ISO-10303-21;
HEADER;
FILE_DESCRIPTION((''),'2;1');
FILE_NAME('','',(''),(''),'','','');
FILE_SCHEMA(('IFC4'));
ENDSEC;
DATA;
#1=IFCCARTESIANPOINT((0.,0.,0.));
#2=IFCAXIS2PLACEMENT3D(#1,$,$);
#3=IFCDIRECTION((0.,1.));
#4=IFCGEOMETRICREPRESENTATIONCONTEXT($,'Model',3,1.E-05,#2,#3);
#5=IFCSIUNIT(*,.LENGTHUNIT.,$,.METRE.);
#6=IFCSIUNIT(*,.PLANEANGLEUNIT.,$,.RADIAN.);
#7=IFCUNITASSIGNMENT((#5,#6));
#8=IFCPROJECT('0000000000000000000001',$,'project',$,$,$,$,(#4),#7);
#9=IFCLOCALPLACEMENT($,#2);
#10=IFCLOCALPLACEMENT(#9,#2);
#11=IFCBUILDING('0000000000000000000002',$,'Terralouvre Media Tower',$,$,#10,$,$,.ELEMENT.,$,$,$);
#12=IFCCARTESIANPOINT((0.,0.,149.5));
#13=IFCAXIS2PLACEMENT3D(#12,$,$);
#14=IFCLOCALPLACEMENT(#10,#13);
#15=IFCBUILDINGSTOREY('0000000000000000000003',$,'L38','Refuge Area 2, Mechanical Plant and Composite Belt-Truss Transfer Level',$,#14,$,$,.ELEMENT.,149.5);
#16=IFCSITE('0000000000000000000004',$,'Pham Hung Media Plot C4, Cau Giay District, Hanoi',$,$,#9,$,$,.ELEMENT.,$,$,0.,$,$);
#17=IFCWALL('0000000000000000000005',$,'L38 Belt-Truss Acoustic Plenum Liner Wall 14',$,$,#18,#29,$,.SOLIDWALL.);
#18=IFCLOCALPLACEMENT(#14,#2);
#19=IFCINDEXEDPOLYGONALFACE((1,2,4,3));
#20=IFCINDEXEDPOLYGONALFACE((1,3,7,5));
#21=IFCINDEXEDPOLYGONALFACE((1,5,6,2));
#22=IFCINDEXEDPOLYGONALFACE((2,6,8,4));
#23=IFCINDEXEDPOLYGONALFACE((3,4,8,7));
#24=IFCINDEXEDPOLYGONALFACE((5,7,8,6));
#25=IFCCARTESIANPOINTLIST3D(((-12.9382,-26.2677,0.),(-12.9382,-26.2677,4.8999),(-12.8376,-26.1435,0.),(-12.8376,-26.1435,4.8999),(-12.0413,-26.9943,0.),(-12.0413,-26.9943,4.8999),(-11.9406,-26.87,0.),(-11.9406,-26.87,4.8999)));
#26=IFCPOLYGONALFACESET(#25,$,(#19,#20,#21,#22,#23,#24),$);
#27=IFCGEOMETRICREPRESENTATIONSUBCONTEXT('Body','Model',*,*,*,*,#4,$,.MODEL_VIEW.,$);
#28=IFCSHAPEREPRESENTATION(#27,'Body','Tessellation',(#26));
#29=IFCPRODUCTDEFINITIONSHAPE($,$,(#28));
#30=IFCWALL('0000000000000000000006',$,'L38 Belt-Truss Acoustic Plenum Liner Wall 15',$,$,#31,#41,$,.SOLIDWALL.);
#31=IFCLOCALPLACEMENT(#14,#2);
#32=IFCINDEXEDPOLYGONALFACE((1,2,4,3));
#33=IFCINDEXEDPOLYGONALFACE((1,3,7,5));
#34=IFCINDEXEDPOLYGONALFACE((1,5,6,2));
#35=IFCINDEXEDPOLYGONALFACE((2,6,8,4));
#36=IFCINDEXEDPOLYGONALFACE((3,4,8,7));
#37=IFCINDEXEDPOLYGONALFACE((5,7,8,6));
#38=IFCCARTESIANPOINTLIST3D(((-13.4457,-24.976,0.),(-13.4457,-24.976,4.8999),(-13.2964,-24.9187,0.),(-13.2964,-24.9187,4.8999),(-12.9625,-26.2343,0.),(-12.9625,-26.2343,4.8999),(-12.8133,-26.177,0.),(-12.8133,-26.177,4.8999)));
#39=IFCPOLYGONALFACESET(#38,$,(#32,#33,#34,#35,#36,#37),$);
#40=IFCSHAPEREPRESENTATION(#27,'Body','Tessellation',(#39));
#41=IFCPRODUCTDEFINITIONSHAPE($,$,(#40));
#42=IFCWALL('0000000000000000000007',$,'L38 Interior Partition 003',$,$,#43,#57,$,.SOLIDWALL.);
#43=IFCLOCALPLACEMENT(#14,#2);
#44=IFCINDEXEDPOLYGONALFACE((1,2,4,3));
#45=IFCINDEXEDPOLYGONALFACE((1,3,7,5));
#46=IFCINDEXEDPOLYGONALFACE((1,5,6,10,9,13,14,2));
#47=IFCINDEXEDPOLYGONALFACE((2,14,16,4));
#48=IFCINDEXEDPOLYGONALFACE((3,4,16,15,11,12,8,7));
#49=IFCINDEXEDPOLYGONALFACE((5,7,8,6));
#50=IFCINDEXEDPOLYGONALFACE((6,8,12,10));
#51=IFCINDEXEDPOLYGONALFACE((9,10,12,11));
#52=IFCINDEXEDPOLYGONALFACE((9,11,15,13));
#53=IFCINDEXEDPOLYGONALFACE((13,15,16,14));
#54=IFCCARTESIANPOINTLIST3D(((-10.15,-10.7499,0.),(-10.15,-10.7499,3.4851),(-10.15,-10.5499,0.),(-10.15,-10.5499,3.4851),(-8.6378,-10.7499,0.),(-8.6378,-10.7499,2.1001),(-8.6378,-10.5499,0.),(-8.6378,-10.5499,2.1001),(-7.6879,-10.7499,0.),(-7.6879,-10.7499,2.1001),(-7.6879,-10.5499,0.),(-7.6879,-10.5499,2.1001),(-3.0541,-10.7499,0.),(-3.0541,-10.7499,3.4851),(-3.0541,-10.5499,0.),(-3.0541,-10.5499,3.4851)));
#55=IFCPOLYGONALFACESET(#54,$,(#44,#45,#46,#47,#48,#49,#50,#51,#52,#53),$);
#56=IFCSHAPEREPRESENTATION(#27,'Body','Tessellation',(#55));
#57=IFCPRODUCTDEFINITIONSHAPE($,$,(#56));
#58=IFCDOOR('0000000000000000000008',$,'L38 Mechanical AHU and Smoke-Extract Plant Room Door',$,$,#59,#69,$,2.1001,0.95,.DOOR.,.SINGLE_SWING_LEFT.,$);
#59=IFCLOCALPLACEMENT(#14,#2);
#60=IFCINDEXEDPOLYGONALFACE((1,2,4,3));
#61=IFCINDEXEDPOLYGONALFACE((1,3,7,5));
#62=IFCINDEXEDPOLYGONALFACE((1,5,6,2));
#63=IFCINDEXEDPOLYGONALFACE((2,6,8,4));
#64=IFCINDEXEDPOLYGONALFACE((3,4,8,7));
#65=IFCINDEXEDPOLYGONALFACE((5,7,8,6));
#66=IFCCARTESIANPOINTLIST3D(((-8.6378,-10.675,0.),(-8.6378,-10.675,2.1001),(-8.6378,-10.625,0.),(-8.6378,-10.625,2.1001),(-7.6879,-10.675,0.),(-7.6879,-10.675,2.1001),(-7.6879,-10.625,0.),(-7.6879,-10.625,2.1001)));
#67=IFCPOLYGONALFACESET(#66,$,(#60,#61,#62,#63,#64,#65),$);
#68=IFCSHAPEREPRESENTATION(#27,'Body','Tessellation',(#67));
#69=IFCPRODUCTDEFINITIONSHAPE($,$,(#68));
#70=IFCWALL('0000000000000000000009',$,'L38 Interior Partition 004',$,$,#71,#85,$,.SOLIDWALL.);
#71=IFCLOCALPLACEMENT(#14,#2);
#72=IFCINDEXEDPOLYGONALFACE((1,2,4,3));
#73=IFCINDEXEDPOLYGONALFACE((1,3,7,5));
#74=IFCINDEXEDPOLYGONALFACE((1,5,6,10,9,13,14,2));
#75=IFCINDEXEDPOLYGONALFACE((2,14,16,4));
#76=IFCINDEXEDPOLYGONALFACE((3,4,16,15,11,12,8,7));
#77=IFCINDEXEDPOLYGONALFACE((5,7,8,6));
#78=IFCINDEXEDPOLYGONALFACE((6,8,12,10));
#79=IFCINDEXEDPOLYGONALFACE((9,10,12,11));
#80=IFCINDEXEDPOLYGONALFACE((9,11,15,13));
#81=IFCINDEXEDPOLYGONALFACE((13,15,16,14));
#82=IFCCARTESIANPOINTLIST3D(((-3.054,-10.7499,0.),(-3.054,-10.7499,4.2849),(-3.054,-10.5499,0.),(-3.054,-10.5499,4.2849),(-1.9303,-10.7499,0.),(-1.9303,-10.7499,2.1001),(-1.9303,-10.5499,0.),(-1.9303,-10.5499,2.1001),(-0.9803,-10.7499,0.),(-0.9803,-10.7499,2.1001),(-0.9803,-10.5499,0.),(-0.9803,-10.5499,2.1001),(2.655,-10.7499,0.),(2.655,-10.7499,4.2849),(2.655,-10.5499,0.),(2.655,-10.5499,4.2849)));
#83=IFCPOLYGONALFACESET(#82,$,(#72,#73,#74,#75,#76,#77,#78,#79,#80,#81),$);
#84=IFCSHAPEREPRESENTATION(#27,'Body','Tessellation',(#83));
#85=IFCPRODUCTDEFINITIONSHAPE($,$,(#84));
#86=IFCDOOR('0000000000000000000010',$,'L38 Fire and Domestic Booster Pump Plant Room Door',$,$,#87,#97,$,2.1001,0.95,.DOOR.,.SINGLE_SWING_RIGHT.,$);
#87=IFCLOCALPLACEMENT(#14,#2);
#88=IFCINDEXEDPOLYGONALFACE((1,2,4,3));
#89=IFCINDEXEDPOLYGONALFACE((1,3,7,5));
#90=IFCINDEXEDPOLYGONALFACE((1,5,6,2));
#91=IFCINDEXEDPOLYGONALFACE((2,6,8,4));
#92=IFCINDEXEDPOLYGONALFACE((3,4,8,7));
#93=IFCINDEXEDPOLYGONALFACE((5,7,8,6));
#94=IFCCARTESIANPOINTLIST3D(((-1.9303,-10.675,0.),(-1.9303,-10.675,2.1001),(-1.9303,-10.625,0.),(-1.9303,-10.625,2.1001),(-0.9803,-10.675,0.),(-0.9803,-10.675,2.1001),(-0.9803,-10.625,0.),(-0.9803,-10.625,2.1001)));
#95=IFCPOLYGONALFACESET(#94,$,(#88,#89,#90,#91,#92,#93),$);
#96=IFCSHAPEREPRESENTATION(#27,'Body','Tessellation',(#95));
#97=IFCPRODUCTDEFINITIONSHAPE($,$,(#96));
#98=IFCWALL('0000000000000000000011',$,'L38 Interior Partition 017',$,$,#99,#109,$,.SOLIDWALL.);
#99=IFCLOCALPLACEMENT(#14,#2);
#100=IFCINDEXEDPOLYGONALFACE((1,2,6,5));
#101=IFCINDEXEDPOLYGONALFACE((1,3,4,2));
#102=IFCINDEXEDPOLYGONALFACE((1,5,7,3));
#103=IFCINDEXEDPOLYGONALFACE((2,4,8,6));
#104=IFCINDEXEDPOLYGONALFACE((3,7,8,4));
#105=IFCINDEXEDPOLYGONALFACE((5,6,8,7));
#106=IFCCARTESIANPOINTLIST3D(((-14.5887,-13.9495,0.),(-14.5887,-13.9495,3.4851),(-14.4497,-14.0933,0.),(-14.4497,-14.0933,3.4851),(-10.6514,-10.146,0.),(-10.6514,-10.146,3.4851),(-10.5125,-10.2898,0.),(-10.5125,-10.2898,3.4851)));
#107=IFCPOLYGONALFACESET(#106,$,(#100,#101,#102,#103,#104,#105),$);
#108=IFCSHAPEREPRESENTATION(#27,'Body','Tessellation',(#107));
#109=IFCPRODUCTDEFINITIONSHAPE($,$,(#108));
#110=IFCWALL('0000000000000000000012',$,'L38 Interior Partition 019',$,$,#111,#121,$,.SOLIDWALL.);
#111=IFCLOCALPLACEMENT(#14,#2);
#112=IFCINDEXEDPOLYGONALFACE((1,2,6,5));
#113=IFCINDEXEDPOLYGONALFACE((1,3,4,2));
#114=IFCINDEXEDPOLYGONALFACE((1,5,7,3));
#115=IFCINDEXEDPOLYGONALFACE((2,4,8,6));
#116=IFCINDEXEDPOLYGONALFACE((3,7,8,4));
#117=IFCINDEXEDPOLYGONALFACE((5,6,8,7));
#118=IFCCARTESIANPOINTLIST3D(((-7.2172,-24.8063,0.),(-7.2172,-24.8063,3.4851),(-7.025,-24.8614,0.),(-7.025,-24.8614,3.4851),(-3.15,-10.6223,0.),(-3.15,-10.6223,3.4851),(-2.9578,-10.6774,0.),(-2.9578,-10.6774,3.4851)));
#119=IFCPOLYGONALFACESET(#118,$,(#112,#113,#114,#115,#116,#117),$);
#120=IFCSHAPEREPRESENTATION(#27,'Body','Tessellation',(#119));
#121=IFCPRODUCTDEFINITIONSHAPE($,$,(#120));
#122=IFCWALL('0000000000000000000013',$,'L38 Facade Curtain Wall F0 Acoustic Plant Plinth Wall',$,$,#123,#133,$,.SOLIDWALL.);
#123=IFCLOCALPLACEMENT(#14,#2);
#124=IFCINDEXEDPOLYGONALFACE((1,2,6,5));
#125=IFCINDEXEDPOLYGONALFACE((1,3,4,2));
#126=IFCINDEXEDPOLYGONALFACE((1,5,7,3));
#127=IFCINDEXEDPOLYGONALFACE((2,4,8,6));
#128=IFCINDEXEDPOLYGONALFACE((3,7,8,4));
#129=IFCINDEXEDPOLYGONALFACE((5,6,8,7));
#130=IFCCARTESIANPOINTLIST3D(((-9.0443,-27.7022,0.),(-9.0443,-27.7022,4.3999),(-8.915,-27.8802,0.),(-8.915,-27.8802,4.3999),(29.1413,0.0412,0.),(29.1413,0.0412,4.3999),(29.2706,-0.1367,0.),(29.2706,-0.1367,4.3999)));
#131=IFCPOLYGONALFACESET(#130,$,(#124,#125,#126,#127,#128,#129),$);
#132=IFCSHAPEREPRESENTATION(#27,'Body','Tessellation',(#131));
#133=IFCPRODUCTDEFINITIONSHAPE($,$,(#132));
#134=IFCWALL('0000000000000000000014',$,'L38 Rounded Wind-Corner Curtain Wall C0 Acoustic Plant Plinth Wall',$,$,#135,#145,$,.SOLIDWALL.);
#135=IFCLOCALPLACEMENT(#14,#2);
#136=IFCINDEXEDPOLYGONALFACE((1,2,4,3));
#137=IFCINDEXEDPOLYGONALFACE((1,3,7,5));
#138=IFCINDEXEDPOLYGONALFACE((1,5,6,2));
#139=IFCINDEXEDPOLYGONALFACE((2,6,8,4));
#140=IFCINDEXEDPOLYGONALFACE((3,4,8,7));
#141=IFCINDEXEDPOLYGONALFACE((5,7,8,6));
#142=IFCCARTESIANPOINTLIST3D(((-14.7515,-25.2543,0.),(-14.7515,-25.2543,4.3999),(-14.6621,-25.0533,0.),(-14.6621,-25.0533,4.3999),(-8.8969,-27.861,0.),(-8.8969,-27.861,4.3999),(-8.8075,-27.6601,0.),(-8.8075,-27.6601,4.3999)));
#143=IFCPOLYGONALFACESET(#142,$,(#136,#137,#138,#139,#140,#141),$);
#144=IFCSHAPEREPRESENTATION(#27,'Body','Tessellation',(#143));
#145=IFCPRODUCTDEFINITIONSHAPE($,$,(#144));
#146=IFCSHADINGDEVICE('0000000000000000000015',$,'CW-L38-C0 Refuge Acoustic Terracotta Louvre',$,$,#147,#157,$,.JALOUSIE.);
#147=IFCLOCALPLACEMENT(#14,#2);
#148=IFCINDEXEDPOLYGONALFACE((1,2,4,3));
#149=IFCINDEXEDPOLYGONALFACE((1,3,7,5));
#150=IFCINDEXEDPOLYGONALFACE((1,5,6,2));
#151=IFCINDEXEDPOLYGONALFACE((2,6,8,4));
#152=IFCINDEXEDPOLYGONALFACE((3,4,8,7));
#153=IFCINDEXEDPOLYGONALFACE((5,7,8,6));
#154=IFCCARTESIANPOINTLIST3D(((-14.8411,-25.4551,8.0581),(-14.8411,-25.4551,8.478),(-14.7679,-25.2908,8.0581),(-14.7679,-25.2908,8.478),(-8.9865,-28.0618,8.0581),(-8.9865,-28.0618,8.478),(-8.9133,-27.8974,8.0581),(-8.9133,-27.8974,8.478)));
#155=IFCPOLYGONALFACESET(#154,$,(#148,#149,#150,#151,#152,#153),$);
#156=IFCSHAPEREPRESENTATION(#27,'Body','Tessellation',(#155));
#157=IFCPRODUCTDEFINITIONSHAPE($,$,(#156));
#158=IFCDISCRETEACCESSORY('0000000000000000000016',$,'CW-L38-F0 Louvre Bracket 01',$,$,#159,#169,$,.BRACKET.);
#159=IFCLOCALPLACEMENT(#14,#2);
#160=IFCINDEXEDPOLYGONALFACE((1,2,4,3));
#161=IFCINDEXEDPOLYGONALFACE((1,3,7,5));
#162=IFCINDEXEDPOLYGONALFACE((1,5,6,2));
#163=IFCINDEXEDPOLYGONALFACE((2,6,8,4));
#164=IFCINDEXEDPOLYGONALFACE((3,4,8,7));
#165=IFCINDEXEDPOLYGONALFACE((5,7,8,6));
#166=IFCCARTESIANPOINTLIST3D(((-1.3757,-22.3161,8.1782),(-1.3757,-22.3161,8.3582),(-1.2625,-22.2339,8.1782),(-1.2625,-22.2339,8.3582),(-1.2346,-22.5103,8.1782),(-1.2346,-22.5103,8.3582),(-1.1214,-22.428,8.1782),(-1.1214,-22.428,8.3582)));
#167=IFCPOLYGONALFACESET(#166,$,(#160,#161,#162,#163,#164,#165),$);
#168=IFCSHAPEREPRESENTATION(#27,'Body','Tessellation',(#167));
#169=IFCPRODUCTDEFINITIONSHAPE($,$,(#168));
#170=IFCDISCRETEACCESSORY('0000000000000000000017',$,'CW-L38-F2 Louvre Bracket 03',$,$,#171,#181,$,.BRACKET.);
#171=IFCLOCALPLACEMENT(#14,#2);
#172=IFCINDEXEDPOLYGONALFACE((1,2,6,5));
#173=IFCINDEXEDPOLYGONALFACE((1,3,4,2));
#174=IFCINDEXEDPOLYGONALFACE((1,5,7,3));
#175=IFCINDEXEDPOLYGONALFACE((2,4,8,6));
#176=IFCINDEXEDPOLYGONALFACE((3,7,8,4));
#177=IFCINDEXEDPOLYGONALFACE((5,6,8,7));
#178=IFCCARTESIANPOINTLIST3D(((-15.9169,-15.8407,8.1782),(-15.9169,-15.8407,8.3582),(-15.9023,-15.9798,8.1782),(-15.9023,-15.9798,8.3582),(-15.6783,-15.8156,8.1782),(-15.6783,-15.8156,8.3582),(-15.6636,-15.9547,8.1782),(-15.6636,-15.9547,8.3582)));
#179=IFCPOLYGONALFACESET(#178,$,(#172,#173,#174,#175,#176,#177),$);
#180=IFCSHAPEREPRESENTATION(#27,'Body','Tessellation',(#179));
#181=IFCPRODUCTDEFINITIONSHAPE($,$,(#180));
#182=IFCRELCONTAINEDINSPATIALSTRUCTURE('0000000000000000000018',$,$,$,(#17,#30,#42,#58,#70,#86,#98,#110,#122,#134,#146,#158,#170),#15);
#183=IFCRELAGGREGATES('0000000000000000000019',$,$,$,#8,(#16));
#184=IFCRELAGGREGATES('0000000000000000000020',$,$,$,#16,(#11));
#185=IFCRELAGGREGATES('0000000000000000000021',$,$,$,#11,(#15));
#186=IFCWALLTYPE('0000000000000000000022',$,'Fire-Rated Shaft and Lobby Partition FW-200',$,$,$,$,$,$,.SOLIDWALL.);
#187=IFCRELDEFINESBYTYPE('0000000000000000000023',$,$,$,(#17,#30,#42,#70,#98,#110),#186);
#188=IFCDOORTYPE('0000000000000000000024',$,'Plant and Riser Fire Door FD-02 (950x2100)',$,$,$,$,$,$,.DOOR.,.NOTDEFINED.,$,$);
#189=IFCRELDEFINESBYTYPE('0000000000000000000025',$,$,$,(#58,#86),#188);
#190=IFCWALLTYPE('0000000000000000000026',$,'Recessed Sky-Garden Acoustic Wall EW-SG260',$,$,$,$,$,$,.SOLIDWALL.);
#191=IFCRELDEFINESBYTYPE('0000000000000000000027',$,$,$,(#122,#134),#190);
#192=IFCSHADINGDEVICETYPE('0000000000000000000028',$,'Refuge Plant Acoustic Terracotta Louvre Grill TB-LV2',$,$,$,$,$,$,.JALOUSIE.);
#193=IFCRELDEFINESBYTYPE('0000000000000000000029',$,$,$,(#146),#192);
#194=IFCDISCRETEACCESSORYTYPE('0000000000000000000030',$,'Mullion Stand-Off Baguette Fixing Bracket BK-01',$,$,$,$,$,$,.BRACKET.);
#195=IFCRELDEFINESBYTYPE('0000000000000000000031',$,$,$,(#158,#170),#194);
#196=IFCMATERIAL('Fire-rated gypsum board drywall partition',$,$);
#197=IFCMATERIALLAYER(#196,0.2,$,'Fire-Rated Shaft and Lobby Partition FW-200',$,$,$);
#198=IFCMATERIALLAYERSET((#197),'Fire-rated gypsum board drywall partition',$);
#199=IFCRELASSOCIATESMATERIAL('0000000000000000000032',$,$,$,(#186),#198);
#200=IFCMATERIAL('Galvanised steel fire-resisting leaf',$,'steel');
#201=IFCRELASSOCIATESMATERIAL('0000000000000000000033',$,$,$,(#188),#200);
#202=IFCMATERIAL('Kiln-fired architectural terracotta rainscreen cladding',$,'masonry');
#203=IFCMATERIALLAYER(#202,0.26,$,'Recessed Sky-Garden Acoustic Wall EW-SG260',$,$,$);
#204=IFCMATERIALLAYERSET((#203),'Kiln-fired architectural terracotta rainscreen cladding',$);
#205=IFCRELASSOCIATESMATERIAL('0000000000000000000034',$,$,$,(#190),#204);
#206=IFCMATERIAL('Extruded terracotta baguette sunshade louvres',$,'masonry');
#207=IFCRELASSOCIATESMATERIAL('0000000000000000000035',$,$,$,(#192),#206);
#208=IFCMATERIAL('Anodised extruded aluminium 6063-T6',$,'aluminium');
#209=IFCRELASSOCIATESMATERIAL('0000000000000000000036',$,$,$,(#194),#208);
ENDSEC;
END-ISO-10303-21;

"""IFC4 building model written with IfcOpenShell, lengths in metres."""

from ifc_helpers import new_model, si_unit, direction, frame, frame_2d, origin, origin_2d, place, context, subcontext, project, spatial, rectangle, extrude, material, layer, layer_set, type_object, element, fill, save


model = new_model("IFC4")

# Units and contexts
model_context = context("Model", 3, precision=1e-05, world=origin(), true_north=direction((0.0, 1.0)))
body_context = subcontext(model_context, "Body", "Model", "MODEL_VIEW")
ifc_project = project(units=[si_unit("LENGTHUNIT", "METRE"), si_unit("PLANEANGLEUNIT", "RADIAN")], contexts=[model_context])

# Site, building, storey
site_placement = place(None, origin())
site = spatial("IfcSite", under=ifc_project, at=site_placement, Name="Pham Hung Media Plot C4, Cau Giay District, Hanoi", CompositionType="ELEMENT", RefElevation=0.0)
building_placement = place(site_placement, origin())
building = spatial("IfcBuilding", under=site, at=building_placement, Name="Terralouvre Media Tower", CompositionType="ELEMENT")
storey_placement = place(building_placement, frame((0.0, 0.0, 149.5)))
storey = spatial("IfcBuildingStorey", under=building, at=storey_placement, Name="L38", Description="Refuge Area 2, Mechanical Plant and Composite Belt-Truss Transfer Level", CompositionType="ELEMENT", Elevation=149.5)

# Walls
ifc_material_1 = material(Name="Fire-rated gypsum board drywall partition")
ifc_layer_1 = layer(ifc_material_1, 0.2, Name="Fire-Rated Shaft and Lobby Partition FW-200")
ifc_layer_set_1 = layer_set([ifc_layer_1], Name="Fire-rated gypsum board drywall partition")
wall_type_1 = type_object("IfcWallType", Name="Fire-Rated Shaft and Lobby Partition FW-200", PredefinedType="SOLIDWALL", material=ifc_layer_set_1)
for number, where, z_axis, x_axis, name in (
    (1, (-11.991, -26.9321, 0.0), (0.0, 0.0, 1.0), (-0.777058, 0.629429, 0.0), "L38 Belt-Truss Acoustic Plenum Liner Wall 14"),
):
    element("IfcWall", number, at=place(storey_placement, frame(where, z_axis=z_axis, x_axis=x_axis)), inside=storey, type_object=wall_type_1, Name=name, PredefinedType="SOLIDWALL", context=body_context, shape_type="SweptSolid", body=[
        extrude(rectangle(XDim=1.1543, YDim=0.1599, at=frame_2d((0.5771, 0.0))), origin(), (0.0, 0.0, 1.0), 4.8999),
    ])
wall_1_placement = place(storey_placement, frame((-12.8879, -26.2056, 0.0), z_axis=(0.0, 0.0, 1.0), x_axis=(-0.358457, 0.933546, 0.0)))
element("IfcWall", 2, at=wall_1_placement, inside=storey, type_object=wall_type_1, Name="L38 Belt-Truss Acoustic Plenum Liner Wall 15", PredefinedType="SOLIDWALL", context=body_context, shape_type="SweptSolid", body=[
    extrude(rectangle(XDim=1.3479, YDim=0.1599, at=frame_2d((0.6738, 0.0))), origin(), (0.0, 0.0, 1.0), 4.8999),
])

# Walls, openings, doors
wall_2_placement = place(storey_placement, frame((-10.1499, -10.6499, 0.0), z_axis=(0.0, 0.0, 1.0), x_axis=(1.0, 0.0, 0.0)))
wall_2 = element("IfcWall", 3, at=wall_2_placement, inside=storey, type_object=wall_type_1, Name="L38 Interior Partition 003", PredefinedType="SOLIDWALL", context=body_context, shape_type="SweptSolid", body=[
    extrude(rectangle(XDim=7.0959, YDim=0.2, at=frame_2d((3.5479, 0.0))), origin(), (0.0, 0.0, 1.0), 3.4851),
])
opening_1_placement = place(wall_2_placement, frame((1.512, 0.0, 0.0)))
opening_1 = element("IfcOpeningElement", 4, at=opening_1_placement, cuts=wall_2, PredefinedType="OPENING", context=body_context, shape_type="SweptSolid", body=[
    extrude(rectangle(XDim=0.95, YDim=2.1001, at=frame_2d((0.4751, 1.05))), frame((0.0, 0.1099, 0.0), z_axis=(0.0, -1.0, 0.0), x_axis=(1.0, 0.0, 0.0)), (0.0, 0.0, 1.0), 0.22),
])
ifc_material_2 = material(Name="Galvanised steel fire-resisting leaf", Category="steel")
door_type = type_object("IfcDoorType", Name="Plant and Riser Fire Door FD-02 (950x2100)", OperationType="NOTDEFINED", PredefinedType="DOOR", material=ifc_material_2)
door_1_placement = place(opening_1_placement, origin())
door_1 = element("IfcDoor", 5, at=door_1_placement, inside=storey, type_object=door_type, Name="L38 Mechanical AHU and Smoke-Extract Plant Room Door", OperationType="SINGLE_SWING_LEFT", OverallHeight=2.1001, OverallWidth=0.95, PredefinedType="DOOR", context=body_context, shape_type="SweptSolid", body=[
    extrude(rectangle(XDim=0.95, YDim=2.1001, at=frame_2d((0.4751, 1.05))), frame((0.0, 0.0249, 0.0), z_axis=(0.0, -1.0, 0.0), x_axis=(1.0, 0.0, 0.0)), (0.0, 0.0, 1.0), 0.05),
])
fill(opening_1, door_1)
wall_3_placement = place(storey_placement, frame((-3.054, -10.6499, 0.0), z_axis=(0.0, 0.0, 1.0), x_axis=(1.0, 0.0, 0.0)))
wall_3 = element("IfcWall", 6, at=wall_3_placement, inside=storey, type_object=wall_type_1, Name="L38 Interior Partition 004", PredefinedType="SOLIDWALL", context=body_context, shape_type="SweptSolid", body=[
    extrude(rectangle(XDim=5.709, YDim=0.2, at=frame_2d((2.8545, 0.0))), origin(), (0.0, 0.0, 1.0), 4.2849),
])
opening_2_placement = place(wall_3_placement, frame((1.1235, 0.0, 0.0)))
opening_2 = element("IfcOpeningElement", 7, at=opening_2_placement, cuts=wall_3, PredefinedType="OPENING", context=body_context, shape_type="SweptSolid", body=[
    extrude(rectangle(XDim=0.95, YDim=2.1001, at=frame_2d((0.4751, 1.05))), frame((0.0, 0.1099, 0.0), z_axis=(0.0, -1.0, 0.0), x_axis=(1.0, 0.0, 0.0)), (0.0, 0.0, 1.0), 0.22),
])
door_2_placement = place(opening_2_placement, origin())
door_2 = element("IfcDoor", 8, at=door_2_placement, inside=storey, type_object=door_type, Name="L38 Fire and Domestic Booster Pump Plant Room Door", OperationType="SINGLE_SWING_RIGHT", OverallHeight=2.1001, OverallWidth=0.95, PredefinedType="DOOR", context=body_context, shape_type="SweptSolid", body=[
    extrude(rectangle(XDim=0.95, YDim=2.1001, at=frame_2d((0.4751, 1.05))), frame((0.0, 0.0249, 0.0), z_axis=(0.0, -1.0, 0.0), x_axis=(1.0, 0.0, 0.0)), (0.0, 0.0, 1.0), 0.05),
])
fill(opening_2, door_2)

# Walls
wall_4_placement = place(storey_placement, frame((-14.5193, -14.0215, 0.0), z_axis=(0.0, 0.0, 1.0), x_axis=(0.719221, 0.694782, 0.0)))
element("IfcWall", 9, at=wall_4_placement, inside=storey, type_object=wall_type_1, Name="L38 Interior Partition 017", PredefinedType="SOLIDWALL", context=body_context, shape_type="SweptSolid", body=[
    extrude(rectangle(XDim=5.4744, YDim=0.2, at=frame_2d((2.7373, 0.0))), origin(), (0.0, 0.0, 1.0), 3.4851),
])
wall_5_placement = place(storey_placement, frame((-7.1211, -24.834, 0.0), z_axis=(0.0, 0.0, 1.0), x_axis=(0.275632, 0.961263, 0.0)))
element("IfcWall", 10, at=wall_5_placement, inside=storey, type_object=wall_type_1, Name="L38 Interior Partition 019", PredefinedType="SOLIDWALL", context=body_context, shape_type="SweptSolid", body=[
    extrude(rectangle(XDim=14.7556, YDim=0.2, at=frame_2d((7.3779, 0.0))), origin(), (0.0, 0.0, 1.0), 3.4851),
])
ifc_material_3 = material(Name="Kiln-fired architectural terracotta rainscreen cladding", Category="masonry")
ifc_layer_2 = layer(ifc_material_3, 0.26, Name="Recessed Sky-Garden Acoustic Wall EW-SG260")
ifc_layer_set_2 = layer_set([ifc_layer_2], Name="Kiln-fired architectural terracotta rainscreen cladding")
wall_type_2 = type_object("IfcWallType", Name="Recessed Sky-Garden Acoustic Wall EW-SG260", PredefinedType="SOLIDWALL", material=ifc_layer_set_2)
wall_6_placement = place(storey_placement, frame((-8.9797, -27.7913, 0.0), z_axis=(0.0, 0.0, 1.0), x_axis=(0.809017, 0.587785, 0.0)))
element("IfcWall", 11, at=wall_6_placement, inside=storey, type_object=wall_type_2, Name="L38 Facade Curtain Wall F0 Acoustic Plant Plinth Wall", PredefinedType="SOLIDWALL", context=body_context, shape_type="SweptSolid", body=[
    extrude(rectangle(XDim=47.2, YDim=0.22, at=frame_2d((23.6001, 0.0))), origin(), (0.0, 0.0, 1.0), 4.3999),
])
wall_7_placement = place(storey_placement, frame((-14.7068, -25.1538, 0.0), z_axis=(0.0, 0.0, 1.0), x_axis=(0.91354, -0.40675, 0.0)))
element("IfcWall", 12, at=wall_7_placement, inside=storey, type_object=wall_type_2, Name="L38 Rounded Wind-Corner Curtain Wall C0 Acoustic Plant Plinth Wall", PredefinedType="SOLIDWALL", context=body_context, shape_type="SweptSolid", body=[
    extrude(rectangle(XDim=6.4087, YDim=0.22, at=frame_2d((3.2043, 0.0))), origin(), (0.0, 0.0, 1.0), 4.3999),
])

# Shading device
ifc_material_4 = material(Name="Extruded terracotta baguette sunshade louvres", Category="masonry")
shading_device_type = type_object("IfcShadingDeviceType", Name="Refuge Plant Acoustic Terracotta Louvre Grill TB-LV2", PredefinedType="JALOUSIE", material=ifc_material_4)
shading_device_placement = place(storey_placement, frame((-11.8772, -26.6763, 8.0581), z_axis=(0.0, 0.0, 1.0), x_axis=(0.913545, -0.406737, 0.0)))
element("IfcShadingDevice", 13, at=shading_device_placement, inside=storey, type_object=shading_device_type, Name="CW-L38-C0 Refuge Acoustic Terracotta Louvre", PredefinedType="JALOUSIE", context=body_context, shape_type="SweptSolid", body=[
    extrude(rectangle(XDim=6.4087, YDim=0.1799, at=origin_2d()), origin(), (0.0, 0.0, 1.0), 0.4199),
])

# Discrete accessories
ifc_material_5 = material(Name="Anodised extruded aluminium 6063-T6", Category="aluminium")
discrete_accessory_type = type_object("IfcDiscreteAccessoryType", Name="Mullion Stand-Off Baguette Fixing Bracket BK-01", PredefinedType="BRACKET", material=ifc_material_5)
for number, where, z_axis, x_axis, name in (
    (14, (-1.2485, -22.3721, 8.1782), (0.0, 0.0, 1.0), (0.809017, 0.587785, 0.0), "CW-L38-F0 Louvre Bracket 01"),
    (15, (-15.7903, -15.8977, 8.1782), (0.0, 0.0, 1.0), (0.104528, -0.994522, 0.0), "CW-L38-F2 Louvre Bracket 03"),
):
    element("IfcDiscreteAccessory", number, at=place(storey_placement, frame(where, z_axis=z_axis, x_axis=x_axis)), inside=storey, type_object=discrete_accessory_type, Name=name, PredefinedType="BRACKET", context=body_context, shape_type="SweptSolid", body=[
        extrude(rectangle(XDim=0.1399, YDim=0.24, at=origin_2d()), origin(), (0.0, 0.0, 1.0), 0.1799),
    ])

save(model, "model.ifc")
